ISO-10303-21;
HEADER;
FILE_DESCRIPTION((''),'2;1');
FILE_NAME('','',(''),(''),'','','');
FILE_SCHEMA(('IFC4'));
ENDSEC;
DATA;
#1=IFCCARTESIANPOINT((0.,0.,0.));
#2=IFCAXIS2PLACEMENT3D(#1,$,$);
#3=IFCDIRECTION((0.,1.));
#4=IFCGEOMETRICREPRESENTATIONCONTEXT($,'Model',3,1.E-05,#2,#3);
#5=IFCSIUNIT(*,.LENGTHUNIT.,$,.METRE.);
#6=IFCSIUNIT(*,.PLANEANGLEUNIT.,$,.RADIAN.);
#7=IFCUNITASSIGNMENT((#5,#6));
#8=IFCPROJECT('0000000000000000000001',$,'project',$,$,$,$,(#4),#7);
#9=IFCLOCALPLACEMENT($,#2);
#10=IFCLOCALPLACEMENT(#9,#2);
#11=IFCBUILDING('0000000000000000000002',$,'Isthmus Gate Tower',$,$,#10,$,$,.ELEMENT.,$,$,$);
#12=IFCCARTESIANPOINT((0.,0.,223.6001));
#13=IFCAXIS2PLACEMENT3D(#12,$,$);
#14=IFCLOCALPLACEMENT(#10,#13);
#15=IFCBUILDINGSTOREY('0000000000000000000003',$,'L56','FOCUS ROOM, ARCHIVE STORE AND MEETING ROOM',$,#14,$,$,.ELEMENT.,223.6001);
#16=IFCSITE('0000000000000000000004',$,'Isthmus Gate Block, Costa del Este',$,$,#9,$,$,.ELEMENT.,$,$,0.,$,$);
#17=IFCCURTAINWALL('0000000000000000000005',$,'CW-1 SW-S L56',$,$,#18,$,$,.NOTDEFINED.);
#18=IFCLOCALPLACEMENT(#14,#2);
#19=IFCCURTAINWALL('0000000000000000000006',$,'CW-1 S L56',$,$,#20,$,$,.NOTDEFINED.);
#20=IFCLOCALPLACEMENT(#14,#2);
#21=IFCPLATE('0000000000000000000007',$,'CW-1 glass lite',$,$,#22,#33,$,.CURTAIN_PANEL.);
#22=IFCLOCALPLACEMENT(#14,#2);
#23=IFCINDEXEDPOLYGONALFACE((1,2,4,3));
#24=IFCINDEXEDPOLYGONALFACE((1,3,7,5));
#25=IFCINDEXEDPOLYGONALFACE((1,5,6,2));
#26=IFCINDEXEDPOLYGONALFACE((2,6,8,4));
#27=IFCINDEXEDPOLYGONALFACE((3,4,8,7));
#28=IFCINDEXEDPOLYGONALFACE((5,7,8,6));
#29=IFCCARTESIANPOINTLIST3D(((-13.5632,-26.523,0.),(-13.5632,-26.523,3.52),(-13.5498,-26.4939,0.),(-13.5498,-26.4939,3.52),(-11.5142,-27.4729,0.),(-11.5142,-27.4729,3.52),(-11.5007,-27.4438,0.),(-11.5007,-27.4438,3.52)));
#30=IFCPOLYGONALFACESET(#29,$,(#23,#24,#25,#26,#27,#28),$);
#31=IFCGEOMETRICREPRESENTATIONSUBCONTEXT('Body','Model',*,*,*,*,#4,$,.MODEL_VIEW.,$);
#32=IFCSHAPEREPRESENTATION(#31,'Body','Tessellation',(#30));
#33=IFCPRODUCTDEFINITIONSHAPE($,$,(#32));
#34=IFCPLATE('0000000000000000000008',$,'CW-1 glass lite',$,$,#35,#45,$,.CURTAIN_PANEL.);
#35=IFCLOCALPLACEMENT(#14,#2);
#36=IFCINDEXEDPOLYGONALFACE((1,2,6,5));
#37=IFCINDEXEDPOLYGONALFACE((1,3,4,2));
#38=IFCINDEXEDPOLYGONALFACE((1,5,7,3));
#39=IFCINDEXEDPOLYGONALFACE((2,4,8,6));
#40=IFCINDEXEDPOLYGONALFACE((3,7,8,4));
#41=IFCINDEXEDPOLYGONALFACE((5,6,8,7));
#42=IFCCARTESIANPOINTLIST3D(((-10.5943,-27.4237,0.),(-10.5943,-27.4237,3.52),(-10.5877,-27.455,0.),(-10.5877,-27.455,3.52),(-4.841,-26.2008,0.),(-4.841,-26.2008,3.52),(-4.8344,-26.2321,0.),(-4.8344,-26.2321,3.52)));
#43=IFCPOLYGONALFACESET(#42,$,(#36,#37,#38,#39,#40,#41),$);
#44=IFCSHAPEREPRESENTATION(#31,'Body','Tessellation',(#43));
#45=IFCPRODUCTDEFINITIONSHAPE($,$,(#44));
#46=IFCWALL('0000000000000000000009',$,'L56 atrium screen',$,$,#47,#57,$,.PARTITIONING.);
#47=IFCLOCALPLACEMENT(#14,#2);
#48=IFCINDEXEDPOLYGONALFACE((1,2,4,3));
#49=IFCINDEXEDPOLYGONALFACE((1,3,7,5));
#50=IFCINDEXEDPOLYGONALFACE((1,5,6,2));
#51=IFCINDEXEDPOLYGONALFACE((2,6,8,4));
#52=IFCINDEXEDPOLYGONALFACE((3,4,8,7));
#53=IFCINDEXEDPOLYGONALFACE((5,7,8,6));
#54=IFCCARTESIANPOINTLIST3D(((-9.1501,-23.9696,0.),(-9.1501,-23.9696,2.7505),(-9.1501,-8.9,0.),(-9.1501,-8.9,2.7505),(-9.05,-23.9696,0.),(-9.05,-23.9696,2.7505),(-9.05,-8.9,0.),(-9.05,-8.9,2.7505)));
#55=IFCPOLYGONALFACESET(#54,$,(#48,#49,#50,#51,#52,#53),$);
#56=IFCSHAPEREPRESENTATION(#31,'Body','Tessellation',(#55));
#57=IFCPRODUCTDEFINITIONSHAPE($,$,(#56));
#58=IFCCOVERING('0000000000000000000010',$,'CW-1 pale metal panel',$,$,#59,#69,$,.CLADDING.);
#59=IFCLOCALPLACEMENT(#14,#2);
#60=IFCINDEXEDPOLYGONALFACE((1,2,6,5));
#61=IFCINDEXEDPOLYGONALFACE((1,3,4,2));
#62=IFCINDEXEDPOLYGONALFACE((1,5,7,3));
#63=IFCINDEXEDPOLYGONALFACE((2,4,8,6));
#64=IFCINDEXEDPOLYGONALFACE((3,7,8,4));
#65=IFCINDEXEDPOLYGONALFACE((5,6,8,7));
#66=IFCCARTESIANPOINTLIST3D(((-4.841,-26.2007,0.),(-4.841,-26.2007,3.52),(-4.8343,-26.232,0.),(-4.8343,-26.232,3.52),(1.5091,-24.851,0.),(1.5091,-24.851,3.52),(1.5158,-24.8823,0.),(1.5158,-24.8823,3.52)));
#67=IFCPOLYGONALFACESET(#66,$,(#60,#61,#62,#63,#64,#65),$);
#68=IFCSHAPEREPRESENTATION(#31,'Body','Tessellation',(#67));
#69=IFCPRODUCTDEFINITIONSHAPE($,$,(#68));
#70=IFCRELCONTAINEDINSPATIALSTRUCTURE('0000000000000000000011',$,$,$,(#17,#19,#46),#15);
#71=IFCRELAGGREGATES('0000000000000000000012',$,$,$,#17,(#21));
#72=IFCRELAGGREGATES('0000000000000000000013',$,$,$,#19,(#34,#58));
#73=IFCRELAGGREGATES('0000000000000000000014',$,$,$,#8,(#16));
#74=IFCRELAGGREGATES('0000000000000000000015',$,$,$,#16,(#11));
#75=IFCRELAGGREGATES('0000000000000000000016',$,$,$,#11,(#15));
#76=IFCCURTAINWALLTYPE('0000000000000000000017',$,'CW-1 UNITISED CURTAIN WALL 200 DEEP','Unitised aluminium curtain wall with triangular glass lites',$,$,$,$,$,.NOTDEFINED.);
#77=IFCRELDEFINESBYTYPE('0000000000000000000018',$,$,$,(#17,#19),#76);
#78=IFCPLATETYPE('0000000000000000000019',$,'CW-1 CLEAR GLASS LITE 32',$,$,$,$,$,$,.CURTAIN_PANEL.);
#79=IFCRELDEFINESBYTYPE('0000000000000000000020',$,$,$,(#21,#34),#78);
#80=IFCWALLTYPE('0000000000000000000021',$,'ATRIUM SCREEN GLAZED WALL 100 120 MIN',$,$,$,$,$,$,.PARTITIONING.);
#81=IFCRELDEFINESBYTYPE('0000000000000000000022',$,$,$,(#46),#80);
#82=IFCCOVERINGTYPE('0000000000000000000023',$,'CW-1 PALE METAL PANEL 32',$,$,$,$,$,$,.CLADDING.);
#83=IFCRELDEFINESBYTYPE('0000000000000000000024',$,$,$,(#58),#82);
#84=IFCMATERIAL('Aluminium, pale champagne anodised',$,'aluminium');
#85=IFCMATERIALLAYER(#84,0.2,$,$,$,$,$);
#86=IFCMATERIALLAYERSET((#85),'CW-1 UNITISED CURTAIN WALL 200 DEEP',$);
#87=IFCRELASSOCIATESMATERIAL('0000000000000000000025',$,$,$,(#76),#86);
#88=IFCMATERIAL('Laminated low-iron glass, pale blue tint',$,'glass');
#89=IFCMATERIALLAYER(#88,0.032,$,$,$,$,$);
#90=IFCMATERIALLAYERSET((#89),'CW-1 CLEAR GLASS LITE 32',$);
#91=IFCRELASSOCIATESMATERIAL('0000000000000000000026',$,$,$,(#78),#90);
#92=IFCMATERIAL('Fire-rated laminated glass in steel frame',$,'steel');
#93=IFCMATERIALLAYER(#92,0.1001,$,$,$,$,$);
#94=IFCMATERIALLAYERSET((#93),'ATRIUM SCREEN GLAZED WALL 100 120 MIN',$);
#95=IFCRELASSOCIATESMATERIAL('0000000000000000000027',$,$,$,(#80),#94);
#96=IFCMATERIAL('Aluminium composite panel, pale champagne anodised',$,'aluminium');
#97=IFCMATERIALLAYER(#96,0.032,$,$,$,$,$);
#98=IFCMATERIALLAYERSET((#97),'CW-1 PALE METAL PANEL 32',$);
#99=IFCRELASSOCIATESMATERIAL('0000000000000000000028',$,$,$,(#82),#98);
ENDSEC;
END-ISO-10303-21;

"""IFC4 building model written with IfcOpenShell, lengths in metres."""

from ifc_helpers import new_model, si_unit, direction, frame, frame_2d, origin, origin_2d, place, context, subcontext, project, spatial, rectangle, extrude, material, layer, layer_set, type_object, element, aggregate, save


model = new_model("IFC4")

# Units and contexts
model_context = context("Model", 3, precision=1e-05, world=origin(), true_north=direction((0.0, 1.0)))
body_context = subcontext(model_context, "Body", "Model", "MODEL_VIEW")
ifc_project = project(units=[si_unit("LENGTHUNIT", "METRE"), si_unit("PLANEANGLEUNIT", "RADIAN")], contexts=[model_context])

# Site, building, storey
site_placement = place(None, origin())
site = spatial("IfcSite", under=ifc_project, at=site_placement, Name="Isthmus Gate Block, Costa del Este", CompositionType="ELEMENT", RefElevation=0.0)
building_placement = place(site_placement, origin())
building = spatial("IfcBuilding", under=site, at=building_placement, Name="Isthmus Gate Tower", CompositionType="ELEMENT")
storey_placement = place(building_placement, frame((0.0, 0.0, 223.6001)))
storey = spatial("IfcBuildingStorey", under=building, at=storey_placement, Name="L56", Description="FOCUS ROOM, ARCHIVE STORE AND MEETING ROOM", CompositionType="ELEMENT", Elevation=223.6001)

# Curtain walls
ifc_material_1 = material(Name="Aluminium, pale champagne anodised", Category="aluminium")
ifc_layer_1 = layer(ifc_material_1, 0.2)
ifc_layer_set_1 = layer_set([ifc_layer_1], Name="CW-1 UNITISED CURTAIN WALL 200 DEEP")
curtain_wall_type = type_object("IfcCurtainWallType", Name="CW-1 UNITISED CURTAIN WALL 200 DEEP", Description="Unitised aluminium curtain wall with triangular glass lites", PredefinedType="NOTDEFINED", material=ifc_layer_set_1)
curtain_wall_1_placement = place(storey_placement, origin())
curtain_wall_1 = element("IfcCurtainWall", 1, at=curtain_wall_1_placement, inside=storey, type_object=curtain_wall_type, Name="CW-1 SW-S L56", PredefinedType="NOTDEFINED")
curtain_wall_2_placement = place(storey_placement, origin())
curtain_wall_2 = element("IfcCurtainWall", 2, at=curtain_wall_2_placement, inside=storey, type_object=curtain_wall_type, Name="CW-1 S L56", PredefinedType="NOTDEFINED")

# Plates
ifc_material_2 = material(Name="Laminated low-iron glass, pale blue tint", Category="glass")
ifc_layer_2 = layer(ifc_material_2, 0.032)
ifc_layer_set_2 = layer_set([ifc_layer_2], Name="CW-1 CLEAR GLASS LITE 32")
plate_type = type_object("IfcPlateType", Name="CW-1 CLEAR GLASS LITE 32", PredefinedType="CURTAIN_PANEL", material=ifc_layer_set_2)
plate_1_placement = place(storey_placement, frame((-12.532, -26.9834, 0.0), z_axis=(0.0, 0.0, 1.0), x_axis=(0.907256, -0.420578, 0.0)))
plate_1 = element("IfcPlate", 3, at=plate_1_placement, type_object=plate_type, Name="CW-1 glass lite", PredefinedType="CURTAIN_PANEL", context=body_context, shape_type="SweptSolid", body=[
    extrude(rectangle(XDim=2.2585, YDim=0.032, at=origin_2d()), origin(), (0.0, 0.0, 1.0), 3.52),
])
aggregate(curtain_wall_1, [plate_1])
plate_2_placement = place(storey_placement, frame((-7.7144, -26.8279, 0.0), z_axis=(0.0, 0.0, 1.0), x_axis=(0.978148, 0.207912, 0.0)))
plate_2 = element("IfcPlate", 4, at=plate_2_placement, type_object=plate_type, Name="CW-1 glass lite", PredefinedType="CURTAIN_PANEL", context=body_context, shape_type="SweptSolid", body=[
    extrude(rectangle(XDim=5.8818, YDim=0.032, at=origin_2d()), origin(), (0.0, 0.0, 1.0), 3.52),
])

# Wall
ifc_material_3 = material(Name="Fire-rated laminated glass in steel frame", Category="steel")
ifc_layer_3 = layer(ifc_material_3, 0.1001)
ifc_layer_set_3 = layer_set([ifc_layer_3], Name="ATRIUM SCREEN GLAZED WALL 100 120 MIN")
wall_type = type_object("IfcWallType", Name="ATRIUM SCREEN GLAZED WALL 100 120 MIN", PredefinedType="PARTITIONING", material=ifc_layer_set_3)
wall_placement = place(storey_placement, frame((-9.1001, -23.9695, 0.0), z_axis=(0.0, 0.0, 1.0), x_axis=(0.0, 1.0, 0.0)))
element("IfcWall", 5, at=wall_placement, inside=storey, type_object=wall_type, Name="L56 atrium screen", PredefinedType="PARTITIONING", context=body_context, shape_type="SweptSolid", body=[
    extrude(rectangle(XDim=15.0696, YDim=0.1001, at=frame_2d((7.5347, 0.0))), origin(), (0.0, 0.0, 1.0), 2.7505),
])

# Covering
ifc_material_4 = material(Name="Aluminium composite panel, pale champagne anodised", Category="aluminium")
ifc_layer_4 = layer(ifc_material_4, 0.032)
ifc_layer_set_4 = layer_set([ifc_layer_4], Name="CW-1 PALE METAL PANEL 32")
covering_type = type_object("IfcCoveringType", Name="CW-1 PALE METAL PANEL 32", PredefinedType="CLADDING", material=ifc_layer_set_4)
covering_placement = place(storey_placement, frame((-1.6626, -25.5415, 0.0), z_axis=(0.0, 0.0, 1.0), x_axis=(0.978148, 0.207912, 0.0)))
covering = element("IfcCovering", 6, at=covering_placement, type_object=covering_type, Name="CW-1 pale metal panel", PredefinedType="CLADDING", context=body_context, shape_type="SweptSolid", body=[
    extrude(rectangle(XDim=6.4919, YDim=0.032, at=origin_2d()), origin(), (0.0, 0.0, 1.0), 3.52),
])
aggregate(curtain_wall_2, [plate_2, covering])

save(model, "model.ifc")
